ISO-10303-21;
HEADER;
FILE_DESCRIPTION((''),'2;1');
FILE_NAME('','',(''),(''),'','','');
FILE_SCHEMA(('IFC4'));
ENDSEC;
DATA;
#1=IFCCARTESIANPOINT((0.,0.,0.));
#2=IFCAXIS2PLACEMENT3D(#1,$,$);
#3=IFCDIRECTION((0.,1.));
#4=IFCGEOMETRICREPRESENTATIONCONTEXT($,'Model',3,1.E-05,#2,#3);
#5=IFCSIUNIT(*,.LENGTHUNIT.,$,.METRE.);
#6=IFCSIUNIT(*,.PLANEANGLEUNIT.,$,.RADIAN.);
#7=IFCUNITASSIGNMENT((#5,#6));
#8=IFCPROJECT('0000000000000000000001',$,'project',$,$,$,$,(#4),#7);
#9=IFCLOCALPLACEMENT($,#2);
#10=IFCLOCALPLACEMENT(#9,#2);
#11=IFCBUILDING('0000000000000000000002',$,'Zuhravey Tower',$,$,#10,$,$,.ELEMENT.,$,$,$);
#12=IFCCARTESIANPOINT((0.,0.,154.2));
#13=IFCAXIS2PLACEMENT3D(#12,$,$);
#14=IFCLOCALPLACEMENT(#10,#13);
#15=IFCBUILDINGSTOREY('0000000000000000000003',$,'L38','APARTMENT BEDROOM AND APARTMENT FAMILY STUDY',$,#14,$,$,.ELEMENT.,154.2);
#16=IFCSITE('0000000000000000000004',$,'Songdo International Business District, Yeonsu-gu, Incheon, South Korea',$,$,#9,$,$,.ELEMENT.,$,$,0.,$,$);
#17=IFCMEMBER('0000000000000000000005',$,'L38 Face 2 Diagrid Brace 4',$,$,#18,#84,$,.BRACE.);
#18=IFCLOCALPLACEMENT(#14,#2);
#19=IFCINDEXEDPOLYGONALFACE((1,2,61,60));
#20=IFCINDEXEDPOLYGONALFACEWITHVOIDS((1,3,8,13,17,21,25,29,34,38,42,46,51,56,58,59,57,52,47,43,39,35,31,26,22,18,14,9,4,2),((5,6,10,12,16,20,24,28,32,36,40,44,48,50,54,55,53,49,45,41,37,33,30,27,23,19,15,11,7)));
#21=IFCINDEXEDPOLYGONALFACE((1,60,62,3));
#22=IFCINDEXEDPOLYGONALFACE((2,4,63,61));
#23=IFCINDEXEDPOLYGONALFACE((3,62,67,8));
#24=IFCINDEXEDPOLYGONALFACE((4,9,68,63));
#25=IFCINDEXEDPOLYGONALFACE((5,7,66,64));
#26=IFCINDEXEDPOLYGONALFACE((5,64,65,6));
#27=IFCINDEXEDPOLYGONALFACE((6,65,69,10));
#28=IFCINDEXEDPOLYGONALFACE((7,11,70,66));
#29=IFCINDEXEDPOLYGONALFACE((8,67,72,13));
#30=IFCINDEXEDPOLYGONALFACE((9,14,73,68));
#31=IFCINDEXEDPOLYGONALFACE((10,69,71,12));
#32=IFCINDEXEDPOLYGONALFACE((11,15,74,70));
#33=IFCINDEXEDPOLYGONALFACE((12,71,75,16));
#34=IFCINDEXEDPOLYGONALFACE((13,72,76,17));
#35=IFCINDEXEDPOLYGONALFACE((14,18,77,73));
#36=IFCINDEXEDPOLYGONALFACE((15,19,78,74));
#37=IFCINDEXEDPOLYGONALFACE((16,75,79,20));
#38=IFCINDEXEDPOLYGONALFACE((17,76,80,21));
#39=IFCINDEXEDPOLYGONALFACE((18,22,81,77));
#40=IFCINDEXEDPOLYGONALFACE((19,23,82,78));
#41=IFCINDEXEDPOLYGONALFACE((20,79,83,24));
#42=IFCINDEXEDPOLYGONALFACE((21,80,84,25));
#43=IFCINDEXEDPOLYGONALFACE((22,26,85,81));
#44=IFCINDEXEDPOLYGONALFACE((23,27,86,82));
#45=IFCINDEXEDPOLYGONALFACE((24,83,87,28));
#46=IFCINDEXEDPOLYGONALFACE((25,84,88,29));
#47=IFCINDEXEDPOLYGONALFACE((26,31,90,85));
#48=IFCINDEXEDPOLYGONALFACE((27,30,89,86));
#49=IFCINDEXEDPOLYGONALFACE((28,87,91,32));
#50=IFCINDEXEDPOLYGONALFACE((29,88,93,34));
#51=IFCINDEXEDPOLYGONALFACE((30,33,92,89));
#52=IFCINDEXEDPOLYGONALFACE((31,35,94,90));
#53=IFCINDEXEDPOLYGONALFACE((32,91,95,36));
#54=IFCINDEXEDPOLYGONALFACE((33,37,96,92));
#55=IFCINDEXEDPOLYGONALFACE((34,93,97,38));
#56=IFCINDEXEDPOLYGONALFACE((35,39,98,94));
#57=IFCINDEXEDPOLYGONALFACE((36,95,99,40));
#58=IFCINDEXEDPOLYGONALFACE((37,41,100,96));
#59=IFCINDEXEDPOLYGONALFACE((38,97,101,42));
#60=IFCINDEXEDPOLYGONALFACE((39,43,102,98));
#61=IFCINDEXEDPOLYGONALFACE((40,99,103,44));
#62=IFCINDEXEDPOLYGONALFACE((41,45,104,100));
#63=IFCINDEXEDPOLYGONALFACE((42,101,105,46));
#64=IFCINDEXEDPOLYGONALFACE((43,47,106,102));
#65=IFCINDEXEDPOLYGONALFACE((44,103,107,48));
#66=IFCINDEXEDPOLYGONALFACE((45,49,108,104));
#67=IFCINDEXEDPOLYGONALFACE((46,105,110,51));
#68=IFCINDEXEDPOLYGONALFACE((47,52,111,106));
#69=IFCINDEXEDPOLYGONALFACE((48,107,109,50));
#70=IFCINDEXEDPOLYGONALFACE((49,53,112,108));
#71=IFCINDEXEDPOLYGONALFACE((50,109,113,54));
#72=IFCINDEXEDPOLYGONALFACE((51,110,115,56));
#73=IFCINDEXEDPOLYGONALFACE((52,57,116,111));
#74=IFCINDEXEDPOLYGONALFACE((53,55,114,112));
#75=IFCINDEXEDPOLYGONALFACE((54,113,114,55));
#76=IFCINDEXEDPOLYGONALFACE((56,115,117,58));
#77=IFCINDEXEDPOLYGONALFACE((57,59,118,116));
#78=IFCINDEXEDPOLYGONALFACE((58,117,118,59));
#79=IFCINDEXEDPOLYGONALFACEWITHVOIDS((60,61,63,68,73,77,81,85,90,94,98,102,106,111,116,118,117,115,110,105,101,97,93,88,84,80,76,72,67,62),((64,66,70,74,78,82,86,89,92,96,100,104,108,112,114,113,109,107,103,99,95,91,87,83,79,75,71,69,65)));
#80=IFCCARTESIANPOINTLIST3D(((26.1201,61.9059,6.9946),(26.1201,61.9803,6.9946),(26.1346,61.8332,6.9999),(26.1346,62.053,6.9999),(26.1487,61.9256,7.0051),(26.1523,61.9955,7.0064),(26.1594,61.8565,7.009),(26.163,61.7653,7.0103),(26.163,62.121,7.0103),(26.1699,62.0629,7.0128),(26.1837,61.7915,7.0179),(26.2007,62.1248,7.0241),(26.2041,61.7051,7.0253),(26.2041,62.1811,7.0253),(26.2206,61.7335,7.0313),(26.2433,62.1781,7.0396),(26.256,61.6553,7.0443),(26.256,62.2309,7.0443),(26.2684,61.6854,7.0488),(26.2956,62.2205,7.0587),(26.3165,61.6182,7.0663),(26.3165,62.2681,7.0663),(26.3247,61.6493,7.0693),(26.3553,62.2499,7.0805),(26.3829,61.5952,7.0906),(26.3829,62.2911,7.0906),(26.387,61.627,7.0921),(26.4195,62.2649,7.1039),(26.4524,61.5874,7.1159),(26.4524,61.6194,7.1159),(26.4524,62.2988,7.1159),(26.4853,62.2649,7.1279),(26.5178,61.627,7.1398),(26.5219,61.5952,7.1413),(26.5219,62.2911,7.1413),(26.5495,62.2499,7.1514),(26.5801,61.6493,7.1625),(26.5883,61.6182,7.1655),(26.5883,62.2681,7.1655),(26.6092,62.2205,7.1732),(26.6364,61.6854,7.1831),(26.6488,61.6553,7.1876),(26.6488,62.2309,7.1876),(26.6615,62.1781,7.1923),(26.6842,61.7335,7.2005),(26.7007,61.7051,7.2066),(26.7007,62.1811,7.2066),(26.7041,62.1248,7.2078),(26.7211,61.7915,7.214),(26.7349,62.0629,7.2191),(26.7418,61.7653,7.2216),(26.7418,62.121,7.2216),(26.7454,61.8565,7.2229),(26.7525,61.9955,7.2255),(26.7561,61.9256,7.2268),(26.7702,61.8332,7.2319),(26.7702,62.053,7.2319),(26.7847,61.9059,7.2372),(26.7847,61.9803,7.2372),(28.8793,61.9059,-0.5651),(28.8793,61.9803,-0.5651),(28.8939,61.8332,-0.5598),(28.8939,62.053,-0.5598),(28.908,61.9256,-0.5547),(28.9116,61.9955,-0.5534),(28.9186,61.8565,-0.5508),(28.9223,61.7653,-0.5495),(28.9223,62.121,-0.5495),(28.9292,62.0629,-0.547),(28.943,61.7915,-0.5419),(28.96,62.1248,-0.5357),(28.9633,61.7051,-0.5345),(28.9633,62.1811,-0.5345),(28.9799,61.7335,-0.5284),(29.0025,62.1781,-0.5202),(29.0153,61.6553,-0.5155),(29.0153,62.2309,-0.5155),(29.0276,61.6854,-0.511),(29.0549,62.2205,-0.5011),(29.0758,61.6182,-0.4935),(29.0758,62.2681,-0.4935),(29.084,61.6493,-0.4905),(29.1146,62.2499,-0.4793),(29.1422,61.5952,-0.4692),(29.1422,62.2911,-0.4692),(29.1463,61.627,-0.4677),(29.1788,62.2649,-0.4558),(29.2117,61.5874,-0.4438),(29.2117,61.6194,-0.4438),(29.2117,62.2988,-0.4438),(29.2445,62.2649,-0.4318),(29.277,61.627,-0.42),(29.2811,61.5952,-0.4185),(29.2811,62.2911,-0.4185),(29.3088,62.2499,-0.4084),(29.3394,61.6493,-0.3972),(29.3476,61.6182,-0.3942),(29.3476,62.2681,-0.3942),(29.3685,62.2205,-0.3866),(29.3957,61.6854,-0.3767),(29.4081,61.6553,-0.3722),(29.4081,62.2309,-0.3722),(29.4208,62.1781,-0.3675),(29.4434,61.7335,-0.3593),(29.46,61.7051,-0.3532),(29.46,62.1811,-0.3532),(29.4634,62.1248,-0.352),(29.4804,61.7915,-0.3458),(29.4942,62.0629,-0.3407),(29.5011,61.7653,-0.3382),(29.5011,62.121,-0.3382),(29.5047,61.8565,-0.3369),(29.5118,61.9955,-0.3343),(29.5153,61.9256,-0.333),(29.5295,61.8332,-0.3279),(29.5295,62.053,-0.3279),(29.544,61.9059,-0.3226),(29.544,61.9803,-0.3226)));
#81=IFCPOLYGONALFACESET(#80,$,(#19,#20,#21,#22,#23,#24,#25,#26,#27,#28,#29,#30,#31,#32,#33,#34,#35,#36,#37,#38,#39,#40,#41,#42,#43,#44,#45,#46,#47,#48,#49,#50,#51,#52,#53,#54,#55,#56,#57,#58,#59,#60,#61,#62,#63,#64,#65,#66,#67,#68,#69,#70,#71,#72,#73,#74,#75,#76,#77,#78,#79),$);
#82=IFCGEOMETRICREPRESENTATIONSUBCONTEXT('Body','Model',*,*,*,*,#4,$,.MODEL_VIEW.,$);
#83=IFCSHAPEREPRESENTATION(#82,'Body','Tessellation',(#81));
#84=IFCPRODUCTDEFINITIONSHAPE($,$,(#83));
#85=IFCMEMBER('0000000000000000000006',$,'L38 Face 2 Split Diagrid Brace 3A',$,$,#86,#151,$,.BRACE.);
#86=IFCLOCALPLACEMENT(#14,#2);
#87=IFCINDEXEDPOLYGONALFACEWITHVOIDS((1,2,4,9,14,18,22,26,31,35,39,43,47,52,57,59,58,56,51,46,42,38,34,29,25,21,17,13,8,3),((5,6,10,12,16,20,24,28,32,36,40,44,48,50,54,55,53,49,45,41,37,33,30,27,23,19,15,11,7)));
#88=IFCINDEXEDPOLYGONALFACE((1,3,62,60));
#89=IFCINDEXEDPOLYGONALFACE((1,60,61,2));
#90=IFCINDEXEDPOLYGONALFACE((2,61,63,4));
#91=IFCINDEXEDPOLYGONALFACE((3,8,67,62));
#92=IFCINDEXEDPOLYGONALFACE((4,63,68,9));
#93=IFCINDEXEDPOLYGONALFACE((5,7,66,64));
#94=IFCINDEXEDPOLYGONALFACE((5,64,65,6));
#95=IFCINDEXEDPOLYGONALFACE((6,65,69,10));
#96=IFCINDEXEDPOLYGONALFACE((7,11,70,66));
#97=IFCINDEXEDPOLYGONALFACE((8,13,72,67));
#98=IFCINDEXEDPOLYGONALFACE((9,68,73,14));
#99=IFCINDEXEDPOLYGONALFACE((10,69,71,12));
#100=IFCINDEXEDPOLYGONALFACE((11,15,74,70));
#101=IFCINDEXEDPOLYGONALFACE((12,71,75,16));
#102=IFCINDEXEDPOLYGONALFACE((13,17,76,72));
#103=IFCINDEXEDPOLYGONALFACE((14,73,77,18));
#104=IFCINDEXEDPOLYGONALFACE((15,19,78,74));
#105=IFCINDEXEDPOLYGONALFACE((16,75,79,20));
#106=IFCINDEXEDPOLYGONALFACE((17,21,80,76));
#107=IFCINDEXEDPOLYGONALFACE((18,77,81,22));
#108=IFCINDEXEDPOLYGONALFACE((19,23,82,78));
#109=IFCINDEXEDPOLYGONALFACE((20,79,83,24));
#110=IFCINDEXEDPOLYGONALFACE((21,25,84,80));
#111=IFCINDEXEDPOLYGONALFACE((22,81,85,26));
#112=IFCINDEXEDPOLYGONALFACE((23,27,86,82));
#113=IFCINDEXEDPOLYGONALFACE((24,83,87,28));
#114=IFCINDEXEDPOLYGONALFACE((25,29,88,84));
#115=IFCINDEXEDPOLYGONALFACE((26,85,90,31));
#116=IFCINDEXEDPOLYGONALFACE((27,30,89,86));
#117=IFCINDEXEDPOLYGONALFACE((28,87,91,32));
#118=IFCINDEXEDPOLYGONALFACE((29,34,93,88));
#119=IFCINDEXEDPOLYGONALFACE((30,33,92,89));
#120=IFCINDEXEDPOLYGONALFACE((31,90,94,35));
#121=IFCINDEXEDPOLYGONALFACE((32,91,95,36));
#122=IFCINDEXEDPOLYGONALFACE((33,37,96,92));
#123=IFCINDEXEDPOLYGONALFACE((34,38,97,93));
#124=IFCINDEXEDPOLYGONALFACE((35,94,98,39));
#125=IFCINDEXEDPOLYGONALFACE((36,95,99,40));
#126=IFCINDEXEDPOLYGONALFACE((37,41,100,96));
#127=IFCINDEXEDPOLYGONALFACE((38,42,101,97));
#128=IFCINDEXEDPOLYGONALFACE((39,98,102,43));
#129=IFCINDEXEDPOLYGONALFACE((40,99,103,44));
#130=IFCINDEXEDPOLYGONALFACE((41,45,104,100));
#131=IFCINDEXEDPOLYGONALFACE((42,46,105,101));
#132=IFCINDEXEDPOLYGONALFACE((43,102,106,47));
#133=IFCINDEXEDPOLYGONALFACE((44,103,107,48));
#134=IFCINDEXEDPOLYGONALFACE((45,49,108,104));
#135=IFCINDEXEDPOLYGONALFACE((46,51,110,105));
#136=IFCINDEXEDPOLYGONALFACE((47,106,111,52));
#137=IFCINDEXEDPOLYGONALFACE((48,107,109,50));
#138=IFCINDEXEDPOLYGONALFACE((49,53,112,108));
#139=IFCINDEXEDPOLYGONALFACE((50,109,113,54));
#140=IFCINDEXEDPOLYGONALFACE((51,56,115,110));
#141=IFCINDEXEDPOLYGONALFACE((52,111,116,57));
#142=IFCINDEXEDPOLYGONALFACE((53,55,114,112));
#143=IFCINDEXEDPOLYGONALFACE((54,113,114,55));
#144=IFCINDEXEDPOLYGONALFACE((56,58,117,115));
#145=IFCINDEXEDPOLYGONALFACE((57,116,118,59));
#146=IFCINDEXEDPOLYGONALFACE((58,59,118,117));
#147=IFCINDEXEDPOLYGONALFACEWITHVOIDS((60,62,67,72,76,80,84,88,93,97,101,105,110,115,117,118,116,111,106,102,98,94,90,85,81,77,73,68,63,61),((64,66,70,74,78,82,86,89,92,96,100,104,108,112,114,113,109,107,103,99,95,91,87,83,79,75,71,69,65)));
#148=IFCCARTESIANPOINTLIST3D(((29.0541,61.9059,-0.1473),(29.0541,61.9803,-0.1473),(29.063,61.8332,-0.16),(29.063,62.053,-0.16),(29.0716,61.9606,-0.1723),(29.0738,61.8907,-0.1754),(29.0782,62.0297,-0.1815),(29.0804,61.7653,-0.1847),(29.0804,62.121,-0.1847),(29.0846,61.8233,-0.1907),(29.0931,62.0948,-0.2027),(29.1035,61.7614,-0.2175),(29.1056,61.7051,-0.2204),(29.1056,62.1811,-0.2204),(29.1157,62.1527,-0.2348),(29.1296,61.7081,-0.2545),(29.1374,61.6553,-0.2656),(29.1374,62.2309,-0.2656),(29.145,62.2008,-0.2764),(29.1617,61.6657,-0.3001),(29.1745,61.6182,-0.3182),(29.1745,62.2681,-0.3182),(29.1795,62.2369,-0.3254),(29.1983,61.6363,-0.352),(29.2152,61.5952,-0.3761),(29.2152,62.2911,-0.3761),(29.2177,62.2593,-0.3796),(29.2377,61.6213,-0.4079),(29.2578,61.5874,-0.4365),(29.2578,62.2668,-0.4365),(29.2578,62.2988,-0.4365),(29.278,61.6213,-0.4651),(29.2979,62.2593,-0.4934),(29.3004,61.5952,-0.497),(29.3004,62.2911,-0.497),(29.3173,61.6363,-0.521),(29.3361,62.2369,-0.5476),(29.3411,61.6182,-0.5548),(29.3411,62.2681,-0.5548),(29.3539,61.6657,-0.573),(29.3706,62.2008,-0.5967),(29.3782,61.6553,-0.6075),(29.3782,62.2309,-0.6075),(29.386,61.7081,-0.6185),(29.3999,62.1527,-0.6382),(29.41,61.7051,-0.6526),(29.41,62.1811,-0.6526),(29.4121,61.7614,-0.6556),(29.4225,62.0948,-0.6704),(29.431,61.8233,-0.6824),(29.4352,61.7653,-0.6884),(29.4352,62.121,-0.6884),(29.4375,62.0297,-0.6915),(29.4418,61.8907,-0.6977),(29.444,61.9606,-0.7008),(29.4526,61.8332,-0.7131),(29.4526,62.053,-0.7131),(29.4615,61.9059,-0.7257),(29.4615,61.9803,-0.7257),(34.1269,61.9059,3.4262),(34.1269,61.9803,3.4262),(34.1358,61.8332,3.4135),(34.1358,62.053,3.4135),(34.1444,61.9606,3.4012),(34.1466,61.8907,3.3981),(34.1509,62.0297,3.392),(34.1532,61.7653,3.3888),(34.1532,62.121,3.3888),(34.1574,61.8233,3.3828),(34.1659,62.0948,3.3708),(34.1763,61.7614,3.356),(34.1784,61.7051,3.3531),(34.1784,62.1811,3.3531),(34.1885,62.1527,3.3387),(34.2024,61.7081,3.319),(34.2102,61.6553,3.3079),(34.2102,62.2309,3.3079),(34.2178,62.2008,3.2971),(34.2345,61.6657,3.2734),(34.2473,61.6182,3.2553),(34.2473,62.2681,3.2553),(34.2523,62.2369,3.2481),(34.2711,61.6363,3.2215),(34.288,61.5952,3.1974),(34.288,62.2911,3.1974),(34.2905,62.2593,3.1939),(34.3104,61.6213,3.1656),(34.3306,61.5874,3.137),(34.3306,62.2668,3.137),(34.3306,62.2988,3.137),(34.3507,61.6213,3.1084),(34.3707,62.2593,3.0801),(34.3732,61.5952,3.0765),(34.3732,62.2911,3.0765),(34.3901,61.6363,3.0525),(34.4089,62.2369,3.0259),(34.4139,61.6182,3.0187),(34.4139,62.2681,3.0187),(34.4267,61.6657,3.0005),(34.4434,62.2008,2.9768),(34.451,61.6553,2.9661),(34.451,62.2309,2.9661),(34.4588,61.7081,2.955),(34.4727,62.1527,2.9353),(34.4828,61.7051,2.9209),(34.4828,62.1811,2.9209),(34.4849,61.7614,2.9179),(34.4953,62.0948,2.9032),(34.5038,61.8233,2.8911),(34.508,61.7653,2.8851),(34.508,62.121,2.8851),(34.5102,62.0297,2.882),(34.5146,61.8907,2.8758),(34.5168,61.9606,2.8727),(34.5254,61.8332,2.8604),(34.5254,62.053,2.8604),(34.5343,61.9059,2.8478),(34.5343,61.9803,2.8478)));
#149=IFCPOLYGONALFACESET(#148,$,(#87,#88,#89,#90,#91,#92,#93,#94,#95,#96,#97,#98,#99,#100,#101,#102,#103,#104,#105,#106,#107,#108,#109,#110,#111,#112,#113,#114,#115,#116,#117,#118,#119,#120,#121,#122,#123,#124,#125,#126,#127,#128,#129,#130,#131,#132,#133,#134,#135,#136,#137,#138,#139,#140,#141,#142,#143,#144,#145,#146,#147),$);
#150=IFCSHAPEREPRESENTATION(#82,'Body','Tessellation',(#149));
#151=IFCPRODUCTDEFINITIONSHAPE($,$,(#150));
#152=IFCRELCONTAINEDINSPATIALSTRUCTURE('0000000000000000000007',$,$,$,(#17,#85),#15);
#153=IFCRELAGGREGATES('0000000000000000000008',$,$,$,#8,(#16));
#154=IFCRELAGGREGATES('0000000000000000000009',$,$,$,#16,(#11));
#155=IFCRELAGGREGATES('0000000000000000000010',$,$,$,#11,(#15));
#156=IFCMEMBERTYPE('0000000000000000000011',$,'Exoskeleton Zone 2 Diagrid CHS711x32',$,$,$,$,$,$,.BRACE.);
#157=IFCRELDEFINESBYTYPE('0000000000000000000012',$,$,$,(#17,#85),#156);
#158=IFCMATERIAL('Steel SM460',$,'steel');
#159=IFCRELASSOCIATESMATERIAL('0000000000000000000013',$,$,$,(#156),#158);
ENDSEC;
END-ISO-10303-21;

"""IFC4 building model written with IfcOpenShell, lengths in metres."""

from ifc_helpers import new_model, si_unit, direction, frame, origin, origin_2d, place, context, subcontext, project, spatial, hollow_circle, extrude, material, material_profile, profile_set, type_object, element, save


model = new_model("IFC4")

# Units and contexts
model_context = context("Model", 3, precision=1e-05, world=origin(), true_north=direction((0.0, 1.0)))
body_context = subcontext(model_context, "Body", "Model", "MODEL_VIEW")
ifc_project = project(units=[si_unit("LENGTHUNIT", "METRE"), si_unit("PLANEANGLEUNIT", "RADIAN")], contexts=[model_context])

# Site, building, storey
site_placement = place(None, origin())
site = spatial("IfcSite", under=ifc_project, at=site_placement, Name="Songdo International Business District, Yeonsu-gu, Incheon, South Korea", CompositionType="ELEMENT", RefElevation=0.0)
building_placement = place(site_placement, origin())
building = spatial("IfcBuilding", under=site, at=building_placement, Name="Zuhravey Tower", CompositionType="ELEMENT")
storey_placement = place(building_placement, frame((0.0, 0.0, 154.2)))
storey = spatial("IfcBuildingStorey", under=building, at=storey_placement, Name="L38", Description="APARTMENT BEDROOM AND APARTMENT FAMILY STUDY", CompositionType="ELEMENT", Elevation=154.2)

# Members
ifc_material_1 = material(Name="Steel SM460", Category="steel")
ifc_material_profile_1 = material_profile(ifc_material_1, hollow_circle(Radius=0.3557, WallThickness=0.032, at=origin_2d()), Name="CHS-711.2x32")
ifc_profile_set_1 = profile_set([ifc_material_profile_1], Name="Steel SM460")
member_type_1 = type_object("IfcMemberType", Name="Exoskeleton Zone 2 Diagrid CHS711x32", PredefinedType="BRACE", material=ifc_profile_set_1)
member_1_placement = place(storey_placement, frame((29.2117, 61.9431, -0.4438), z_axis=(-0.342868, 0.0, 0.939384), x_axis=(0.0, -1.0, 0.0)))
element("IfcMember", 1, at=member_1_placement, inside=storey, type_object=member_type_1, Name="L38 Face 2 Diagrid Brace 4", PredefinedType="BRACE", context=body_context, shape_type="SweptSolid", body=[
    extrude(hollow_circle(Radius=0.3557, WallThickness=0.032, at=origin_2d()), origin(), (0.0, 0.0, 1.0), 8.0476),
])
member_2_placement = place(storey_placement, frame((29.2578, 61.9431, -0.4365), z_axis=(0.81752, 0.0, 0.5759), x_axis=(0.0, 1.0, 0.0)))
element("IfcMember", 2, at=member_2_placement, inside=storey, type_object=member_type_1, Name="L38 Face 2 Split Diagrid Brace 3A", PredefinedType="BRACE", context=body_context, shape_type="SweptSolid", body=[
    extrude(hollow_circle(Radius=0.3557, WallThickness=0.032, at=origin_2d()), origin(), (0.0, 0.0, 1.0), 6.2051),
])

save(model, "model.ifc")
